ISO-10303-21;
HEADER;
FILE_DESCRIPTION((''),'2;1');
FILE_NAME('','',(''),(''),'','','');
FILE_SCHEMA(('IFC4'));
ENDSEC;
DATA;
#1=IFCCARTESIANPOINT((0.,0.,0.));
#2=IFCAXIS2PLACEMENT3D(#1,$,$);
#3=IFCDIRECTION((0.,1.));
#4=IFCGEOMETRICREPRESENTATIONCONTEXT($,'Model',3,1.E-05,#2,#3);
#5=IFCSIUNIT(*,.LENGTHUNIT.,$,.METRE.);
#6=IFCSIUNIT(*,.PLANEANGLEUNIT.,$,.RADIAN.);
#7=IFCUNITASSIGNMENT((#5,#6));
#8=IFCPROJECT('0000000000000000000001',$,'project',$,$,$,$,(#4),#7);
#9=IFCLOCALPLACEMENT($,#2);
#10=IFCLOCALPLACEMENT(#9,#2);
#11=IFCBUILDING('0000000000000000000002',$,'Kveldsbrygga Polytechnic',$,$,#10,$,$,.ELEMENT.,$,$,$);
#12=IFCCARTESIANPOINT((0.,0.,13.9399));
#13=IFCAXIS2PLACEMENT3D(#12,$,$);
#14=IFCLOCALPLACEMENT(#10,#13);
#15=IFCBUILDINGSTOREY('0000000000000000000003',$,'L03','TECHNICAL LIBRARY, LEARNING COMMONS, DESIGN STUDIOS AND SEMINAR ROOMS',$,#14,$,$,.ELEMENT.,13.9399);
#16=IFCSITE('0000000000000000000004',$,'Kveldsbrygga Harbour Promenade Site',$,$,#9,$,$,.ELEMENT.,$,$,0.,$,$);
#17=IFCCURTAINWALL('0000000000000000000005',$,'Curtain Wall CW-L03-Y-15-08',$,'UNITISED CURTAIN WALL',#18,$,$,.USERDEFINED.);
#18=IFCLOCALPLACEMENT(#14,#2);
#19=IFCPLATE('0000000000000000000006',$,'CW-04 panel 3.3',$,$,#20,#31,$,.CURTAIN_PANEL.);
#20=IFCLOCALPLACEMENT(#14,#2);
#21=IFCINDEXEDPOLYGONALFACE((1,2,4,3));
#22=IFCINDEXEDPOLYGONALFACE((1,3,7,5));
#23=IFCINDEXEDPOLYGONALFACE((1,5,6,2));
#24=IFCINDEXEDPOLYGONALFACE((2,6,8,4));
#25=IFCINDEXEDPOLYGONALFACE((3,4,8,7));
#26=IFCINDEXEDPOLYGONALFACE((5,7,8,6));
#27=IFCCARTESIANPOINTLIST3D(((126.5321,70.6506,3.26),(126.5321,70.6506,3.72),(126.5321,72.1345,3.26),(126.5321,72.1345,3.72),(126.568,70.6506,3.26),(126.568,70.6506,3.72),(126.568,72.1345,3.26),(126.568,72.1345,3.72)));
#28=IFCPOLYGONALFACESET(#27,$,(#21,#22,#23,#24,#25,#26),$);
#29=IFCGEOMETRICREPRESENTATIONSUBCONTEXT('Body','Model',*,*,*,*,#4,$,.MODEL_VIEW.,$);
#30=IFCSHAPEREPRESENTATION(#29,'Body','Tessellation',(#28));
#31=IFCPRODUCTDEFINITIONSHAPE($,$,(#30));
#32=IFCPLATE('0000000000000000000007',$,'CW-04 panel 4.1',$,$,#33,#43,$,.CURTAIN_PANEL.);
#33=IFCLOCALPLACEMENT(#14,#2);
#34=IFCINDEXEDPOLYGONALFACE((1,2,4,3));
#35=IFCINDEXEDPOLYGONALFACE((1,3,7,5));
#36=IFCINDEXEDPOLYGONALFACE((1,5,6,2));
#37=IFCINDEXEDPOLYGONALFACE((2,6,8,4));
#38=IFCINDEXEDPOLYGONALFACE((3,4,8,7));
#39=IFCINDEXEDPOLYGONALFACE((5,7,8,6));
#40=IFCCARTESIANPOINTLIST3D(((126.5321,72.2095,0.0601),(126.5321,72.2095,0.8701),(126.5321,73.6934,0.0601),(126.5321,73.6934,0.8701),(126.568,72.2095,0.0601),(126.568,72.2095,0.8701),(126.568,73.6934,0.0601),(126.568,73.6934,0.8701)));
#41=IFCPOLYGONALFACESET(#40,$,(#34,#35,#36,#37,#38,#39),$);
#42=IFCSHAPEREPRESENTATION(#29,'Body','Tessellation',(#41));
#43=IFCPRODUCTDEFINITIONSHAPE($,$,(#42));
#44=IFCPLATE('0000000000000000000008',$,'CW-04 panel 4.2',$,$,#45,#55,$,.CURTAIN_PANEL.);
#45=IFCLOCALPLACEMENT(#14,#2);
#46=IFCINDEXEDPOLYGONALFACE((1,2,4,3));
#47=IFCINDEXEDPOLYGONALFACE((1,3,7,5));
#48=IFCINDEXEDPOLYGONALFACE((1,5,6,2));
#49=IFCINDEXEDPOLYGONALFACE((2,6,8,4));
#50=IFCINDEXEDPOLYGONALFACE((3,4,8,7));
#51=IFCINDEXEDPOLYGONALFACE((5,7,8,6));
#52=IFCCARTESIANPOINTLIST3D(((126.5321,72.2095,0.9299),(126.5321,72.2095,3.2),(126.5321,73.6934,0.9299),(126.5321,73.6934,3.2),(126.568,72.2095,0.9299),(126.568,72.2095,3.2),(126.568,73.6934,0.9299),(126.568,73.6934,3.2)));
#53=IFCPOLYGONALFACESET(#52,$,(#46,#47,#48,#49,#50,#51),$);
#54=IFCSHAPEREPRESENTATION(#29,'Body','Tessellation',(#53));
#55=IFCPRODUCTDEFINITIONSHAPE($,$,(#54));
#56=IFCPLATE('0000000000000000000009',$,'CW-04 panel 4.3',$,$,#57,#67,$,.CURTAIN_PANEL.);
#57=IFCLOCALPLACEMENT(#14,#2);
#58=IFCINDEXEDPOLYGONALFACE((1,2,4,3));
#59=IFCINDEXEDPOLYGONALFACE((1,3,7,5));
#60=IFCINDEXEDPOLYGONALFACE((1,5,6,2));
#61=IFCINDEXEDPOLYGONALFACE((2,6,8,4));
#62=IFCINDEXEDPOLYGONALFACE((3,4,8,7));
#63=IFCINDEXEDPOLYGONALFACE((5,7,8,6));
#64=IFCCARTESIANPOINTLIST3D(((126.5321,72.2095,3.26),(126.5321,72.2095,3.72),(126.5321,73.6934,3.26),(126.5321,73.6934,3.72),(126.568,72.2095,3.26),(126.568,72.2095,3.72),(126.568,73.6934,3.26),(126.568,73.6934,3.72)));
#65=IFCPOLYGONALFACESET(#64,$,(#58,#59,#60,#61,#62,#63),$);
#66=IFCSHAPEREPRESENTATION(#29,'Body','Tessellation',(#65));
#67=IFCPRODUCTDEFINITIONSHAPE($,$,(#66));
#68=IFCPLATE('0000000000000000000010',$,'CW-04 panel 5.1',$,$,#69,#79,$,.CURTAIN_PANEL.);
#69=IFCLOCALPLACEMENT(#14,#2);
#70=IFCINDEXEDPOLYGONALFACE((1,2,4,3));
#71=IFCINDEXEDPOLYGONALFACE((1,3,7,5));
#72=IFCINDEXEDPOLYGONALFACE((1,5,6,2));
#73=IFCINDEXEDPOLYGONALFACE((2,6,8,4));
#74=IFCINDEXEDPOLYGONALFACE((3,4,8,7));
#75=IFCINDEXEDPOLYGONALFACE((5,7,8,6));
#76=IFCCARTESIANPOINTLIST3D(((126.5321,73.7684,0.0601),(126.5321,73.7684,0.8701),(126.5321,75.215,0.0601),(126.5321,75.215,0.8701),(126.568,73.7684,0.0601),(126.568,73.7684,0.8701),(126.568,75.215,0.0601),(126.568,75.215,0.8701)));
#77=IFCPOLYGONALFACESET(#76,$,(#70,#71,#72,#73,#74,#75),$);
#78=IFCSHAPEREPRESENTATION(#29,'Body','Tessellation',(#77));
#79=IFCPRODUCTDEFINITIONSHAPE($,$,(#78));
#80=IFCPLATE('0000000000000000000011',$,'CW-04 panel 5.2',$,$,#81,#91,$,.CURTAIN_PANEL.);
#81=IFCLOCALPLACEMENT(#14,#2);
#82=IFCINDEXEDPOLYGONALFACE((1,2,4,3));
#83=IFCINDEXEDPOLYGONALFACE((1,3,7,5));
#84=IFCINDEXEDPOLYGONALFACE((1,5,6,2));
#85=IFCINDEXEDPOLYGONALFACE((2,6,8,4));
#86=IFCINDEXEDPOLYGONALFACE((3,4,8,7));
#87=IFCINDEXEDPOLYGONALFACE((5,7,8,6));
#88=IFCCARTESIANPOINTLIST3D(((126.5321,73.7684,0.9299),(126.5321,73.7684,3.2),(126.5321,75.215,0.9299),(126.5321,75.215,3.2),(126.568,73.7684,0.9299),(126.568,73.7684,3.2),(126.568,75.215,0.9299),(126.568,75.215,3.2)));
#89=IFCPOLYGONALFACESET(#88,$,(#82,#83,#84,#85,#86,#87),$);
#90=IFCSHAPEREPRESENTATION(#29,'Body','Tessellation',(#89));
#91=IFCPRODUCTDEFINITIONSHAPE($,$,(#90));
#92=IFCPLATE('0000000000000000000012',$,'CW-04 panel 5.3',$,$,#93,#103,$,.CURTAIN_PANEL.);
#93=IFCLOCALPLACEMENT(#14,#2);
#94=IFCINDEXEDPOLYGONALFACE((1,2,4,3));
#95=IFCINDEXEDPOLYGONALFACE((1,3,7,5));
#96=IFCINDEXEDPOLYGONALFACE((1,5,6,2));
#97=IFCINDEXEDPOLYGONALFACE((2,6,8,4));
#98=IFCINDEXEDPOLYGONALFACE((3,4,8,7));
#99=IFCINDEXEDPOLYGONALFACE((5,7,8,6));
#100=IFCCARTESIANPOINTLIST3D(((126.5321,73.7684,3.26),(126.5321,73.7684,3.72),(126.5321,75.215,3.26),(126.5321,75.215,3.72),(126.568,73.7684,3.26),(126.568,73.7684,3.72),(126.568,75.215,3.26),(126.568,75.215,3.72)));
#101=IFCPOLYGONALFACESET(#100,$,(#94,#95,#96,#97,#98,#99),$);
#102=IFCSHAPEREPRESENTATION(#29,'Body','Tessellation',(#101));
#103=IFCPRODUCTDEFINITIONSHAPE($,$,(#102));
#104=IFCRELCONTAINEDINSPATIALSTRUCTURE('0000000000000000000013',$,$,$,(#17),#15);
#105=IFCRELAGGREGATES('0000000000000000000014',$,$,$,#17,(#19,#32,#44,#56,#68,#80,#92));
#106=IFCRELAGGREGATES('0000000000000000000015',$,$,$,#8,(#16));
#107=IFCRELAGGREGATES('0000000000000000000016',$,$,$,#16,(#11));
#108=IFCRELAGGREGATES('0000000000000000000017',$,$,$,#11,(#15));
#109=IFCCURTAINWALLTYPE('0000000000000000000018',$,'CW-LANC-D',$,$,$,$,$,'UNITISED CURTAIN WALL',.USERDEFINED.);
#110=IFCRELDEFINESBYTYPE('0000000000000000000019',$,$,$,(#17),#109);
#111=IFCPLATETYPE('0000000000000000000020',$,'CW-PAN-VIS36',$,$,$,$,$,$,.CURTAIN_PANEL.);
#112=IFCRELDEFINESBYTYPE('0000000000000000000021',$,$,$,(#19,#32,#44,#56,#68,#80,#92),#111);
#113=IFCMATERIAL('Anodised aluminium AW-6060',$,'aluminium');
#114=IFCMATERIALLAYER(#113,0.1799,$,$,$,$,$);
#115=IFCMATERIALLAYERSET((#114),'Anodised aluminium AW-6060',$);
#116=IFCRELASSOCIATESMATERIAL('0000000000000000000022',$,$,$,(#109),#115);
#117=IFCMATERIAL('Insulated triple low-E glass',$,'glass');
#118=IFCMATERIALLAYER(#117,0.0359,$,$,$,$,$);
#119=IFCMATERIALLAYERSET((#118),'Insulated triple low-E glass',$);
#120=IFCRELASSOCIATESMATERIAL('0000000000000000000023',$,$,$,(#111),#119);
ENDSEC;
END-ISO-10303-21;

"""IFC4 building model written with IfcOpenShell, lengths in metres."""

from ifc_helpers import new_model, si_unit, direction, frame, origin, origin_2d, place, context, subcontext, project, spatial, rectangle, extrude, material, layer, layer_set, type_object, element, aggregate, save


model = new_model("IFC4")

# Units and contexts
model_context = context("Model", 3, precision=1e-05, world=origin(), true_north=direction((0.0, 1.0)))
body_context = subcontext(model_context, "Body", "Model", "MODEL_VIEW")
ifc_project = project(units=[si_unit("LENGTHUNIT", "METRE"), si_unit("PLANEANGLEUNIT", "RADIAN")], contexts=[model_context])

# Site, building, storey
site_placement = place(None, origin())
site = spatial("IfcSite", under=ifc_project, at=site_placement, Name="Kveldsbrygga Harbour Promenade Site", CompositionType="ELEMENT", RefElevation=0.0)
building_placement = place(site_placement, origin())
building = spatial("IfcBuilding", under=site, at=building_placement, Name="Kveldsbrygga Polytechnic", CompositionType="ELEMENT")
storey_placement = place(building_placement, frame((0.0, 0.0, 13.9399)))
storey = spatial("IfcBuildingStorey", under=building, at=storey_placement, Name="L03", Description="TECHNICAL LIBRARY, LEARNING COMMONS, DESIGN STUDIOS AND SEMINAR ROOMS", CompositionType="ELEMENT", Elevation=13.9399)

# Curtain wall, plates
ifc_material_1 = material(Name="Anodised aluminium AW-6060", Category="aluminium")
ifc_layer_1 = layer(ifc_material_1, 0.1799)
ifc_layer_set_1 = layer_set([ifc_layer_1], Name="Anodised aluminium AW-6060")
curtain_wall_type = type_object("IfcCurtainWallType", Name="CW-LANC-D", ElementType="UNITISED CURTAIN WALL", PredefinedType="USERDEFINED", material=ifc_layer_set_1)
curtain_wall_placement = place(storey_placement, origin())
curtain_wall = element("IfcCurtainWall", 1, at=curtain_wall_placement, inside=storey, type_object=curtain_wall_type, Name="Curtain Wall CW-L03-Y-15-08", ObjectType="UNITISED CURTAIN WALL", PredefinedType="USERDEFINED")
ifc_material_2 = material(Name="Insulated triple low-E glass", Category="glass")
ifc_layer_2 = layer(ifc_material_2, 0.0359)
ifc_layer_set_2 = layer_set([ifc_layer_2], Name="Insulated triple low-E glass")
plate_type = type_object("IfcPlateType", Name="CW-PAN-VIS36", PredefinedType="CURTAIN_PANEL", material=ifc_layer_set_2)
plate_1_placement = place(storey_placement, frame((126.55, 71.3926, 3.26), z_axis=(0.0, 0.0, 1.0), x_axis=(0.0, 1.0, 0.0)))
plate_1 = element("IfcPlate", 2, at=plate_1_placement, type_object=plate_type, Name="CW-04 panel 3.3", PredefinedType="CURTAIN_PANEL", context=body_context, shape_type="SweptSolid", body=[
    extrude(rectangle(XDim=1.4839, YDim=0.0359, at=origin_2d()), origin(), (0.0, 0.0, 1.0), 0.46),
])
plate_2_placement = place(storey_placement, frame((126.55, 72.9514, 0.0601), z_axis=(0.0, 0.0, 1.0), x_axis=(0.0, 1.0, 0.0)))
plate_2 = element("IfcPlate", 3, at=plate_2_placement, type_object=plate_type, Name="CW-04 panel 4.1", PredefinedType="CURTAIN_PANEL", context=body_context, shape_type="SweptSolid", body=[
    extrude(rectangle(XDim=1.4839, YDim=0.0359, at=origin_2d()), origin(), (0.0, 0.0, 1.0), 0.8101),
])
plate_3_placement = place(storey_placement, frame((126.55, 72.9514, 0.9299), z_axis=(0.0, 0.0, 1.0), x_axis=(0.0, 1.0, 0.0)))
plate_3 = element("IfcPlate", 4, at=plate_3_placement, type_object=plate_type, Name="CW-04 panel 4.2", PredefinedType="CURTAIN_PANEL", context=body_context, shape_type="SweptSolid", body=[
    extrude(rectangle(XDim=1.4839, YDim=0.0359, at=origin_2d()), origin(), (0.0, 0.0, 1.0), 2.27),
])
plate_4_placement = place(storey_placement, frame((126.55, 72.9514, 3.26), z_axis=(0.0, 0.0, 1.0), x_axis=(0.0, 1.0, 0.0)))
plate_4 = element("IfcPlate", 5, at=plate_4_placement, type_object=plate_type, Name="CW-04 panel 4.3", PredefinedType="CURTAIN_PANEL", context=body_context, shape_type="SweptSolid", body=[
    extrude(rectangle(XDim=1.4839, YDim=0.0359, at=origin_2d()), origin(), (0.0, 0.0, 1.0), 0.46),
])
plate_5_placement = place(storey_placement, frame((126.55, 74.4917, 0.0601), z_axis=(0.0, 0.0, 1.0), x_axis=(0.0, 1.0, 0.0)))
plate_5 = element("IfcPlate", 6, at=plate_5_placement, type_object=plate_type, Name="CW-04 panel 5.1", PredefinedType="CURTAIN_PANEL", context=body_context, shape_type="SweptSolid", body=[
    extrude(rectangle(XDim=1.4465, YDim=0.0359, at=origin_2d()), origin(), (0.0, 0.0, 1.0), 0.8101),
])
plate_6_placement = place(storey_placement, frame((126.55, 74.4917, 0.9299), z_axis=(0.0, 0.0, 1.0), x_axis=(0.0, 1.0, 0.0)))
plate_6 = element("IfcPlate", 7, at=plate_6_placement, type_object=plate_type, Name="CW-04 panel 5.2", PredefinedType="CURTAIN_PANEL", context=body_context, shape_type="SweptSolid", body=[
    extrude(rectangle(XDim=1.4465, YDim=0.0359, at=origin_2d()), origin(), (0.0, 0.0, 1.0), 2.27),
])
plate_7_placement = place(storey_placement, frame((126.55, 74.4917, 3.26), z_axis=(0.0, 0.0, 1.0), x_axis=(0.0, 1.0, 0.0)))
plate_7 = element("IfcPlate", 8, at=plate_7_placement, type_object=plate_type, Name="CW-04 panel 5.3", PredefinedType="CURTAIN_PANEL", context=body_context, shape_type="SweptSolid", body=[
    extrude(rectangle(XDim=1.4465, YDim=0.0359, at=origin_2d()), origin(), (0.0, 0.0, 1.0), 0.46),
])
aggregate(curtain_wall, [plate_1, plate_2, plate_3, plate_4, plate_5, plate_6, plate_7])

save(model, "model.ifc")
